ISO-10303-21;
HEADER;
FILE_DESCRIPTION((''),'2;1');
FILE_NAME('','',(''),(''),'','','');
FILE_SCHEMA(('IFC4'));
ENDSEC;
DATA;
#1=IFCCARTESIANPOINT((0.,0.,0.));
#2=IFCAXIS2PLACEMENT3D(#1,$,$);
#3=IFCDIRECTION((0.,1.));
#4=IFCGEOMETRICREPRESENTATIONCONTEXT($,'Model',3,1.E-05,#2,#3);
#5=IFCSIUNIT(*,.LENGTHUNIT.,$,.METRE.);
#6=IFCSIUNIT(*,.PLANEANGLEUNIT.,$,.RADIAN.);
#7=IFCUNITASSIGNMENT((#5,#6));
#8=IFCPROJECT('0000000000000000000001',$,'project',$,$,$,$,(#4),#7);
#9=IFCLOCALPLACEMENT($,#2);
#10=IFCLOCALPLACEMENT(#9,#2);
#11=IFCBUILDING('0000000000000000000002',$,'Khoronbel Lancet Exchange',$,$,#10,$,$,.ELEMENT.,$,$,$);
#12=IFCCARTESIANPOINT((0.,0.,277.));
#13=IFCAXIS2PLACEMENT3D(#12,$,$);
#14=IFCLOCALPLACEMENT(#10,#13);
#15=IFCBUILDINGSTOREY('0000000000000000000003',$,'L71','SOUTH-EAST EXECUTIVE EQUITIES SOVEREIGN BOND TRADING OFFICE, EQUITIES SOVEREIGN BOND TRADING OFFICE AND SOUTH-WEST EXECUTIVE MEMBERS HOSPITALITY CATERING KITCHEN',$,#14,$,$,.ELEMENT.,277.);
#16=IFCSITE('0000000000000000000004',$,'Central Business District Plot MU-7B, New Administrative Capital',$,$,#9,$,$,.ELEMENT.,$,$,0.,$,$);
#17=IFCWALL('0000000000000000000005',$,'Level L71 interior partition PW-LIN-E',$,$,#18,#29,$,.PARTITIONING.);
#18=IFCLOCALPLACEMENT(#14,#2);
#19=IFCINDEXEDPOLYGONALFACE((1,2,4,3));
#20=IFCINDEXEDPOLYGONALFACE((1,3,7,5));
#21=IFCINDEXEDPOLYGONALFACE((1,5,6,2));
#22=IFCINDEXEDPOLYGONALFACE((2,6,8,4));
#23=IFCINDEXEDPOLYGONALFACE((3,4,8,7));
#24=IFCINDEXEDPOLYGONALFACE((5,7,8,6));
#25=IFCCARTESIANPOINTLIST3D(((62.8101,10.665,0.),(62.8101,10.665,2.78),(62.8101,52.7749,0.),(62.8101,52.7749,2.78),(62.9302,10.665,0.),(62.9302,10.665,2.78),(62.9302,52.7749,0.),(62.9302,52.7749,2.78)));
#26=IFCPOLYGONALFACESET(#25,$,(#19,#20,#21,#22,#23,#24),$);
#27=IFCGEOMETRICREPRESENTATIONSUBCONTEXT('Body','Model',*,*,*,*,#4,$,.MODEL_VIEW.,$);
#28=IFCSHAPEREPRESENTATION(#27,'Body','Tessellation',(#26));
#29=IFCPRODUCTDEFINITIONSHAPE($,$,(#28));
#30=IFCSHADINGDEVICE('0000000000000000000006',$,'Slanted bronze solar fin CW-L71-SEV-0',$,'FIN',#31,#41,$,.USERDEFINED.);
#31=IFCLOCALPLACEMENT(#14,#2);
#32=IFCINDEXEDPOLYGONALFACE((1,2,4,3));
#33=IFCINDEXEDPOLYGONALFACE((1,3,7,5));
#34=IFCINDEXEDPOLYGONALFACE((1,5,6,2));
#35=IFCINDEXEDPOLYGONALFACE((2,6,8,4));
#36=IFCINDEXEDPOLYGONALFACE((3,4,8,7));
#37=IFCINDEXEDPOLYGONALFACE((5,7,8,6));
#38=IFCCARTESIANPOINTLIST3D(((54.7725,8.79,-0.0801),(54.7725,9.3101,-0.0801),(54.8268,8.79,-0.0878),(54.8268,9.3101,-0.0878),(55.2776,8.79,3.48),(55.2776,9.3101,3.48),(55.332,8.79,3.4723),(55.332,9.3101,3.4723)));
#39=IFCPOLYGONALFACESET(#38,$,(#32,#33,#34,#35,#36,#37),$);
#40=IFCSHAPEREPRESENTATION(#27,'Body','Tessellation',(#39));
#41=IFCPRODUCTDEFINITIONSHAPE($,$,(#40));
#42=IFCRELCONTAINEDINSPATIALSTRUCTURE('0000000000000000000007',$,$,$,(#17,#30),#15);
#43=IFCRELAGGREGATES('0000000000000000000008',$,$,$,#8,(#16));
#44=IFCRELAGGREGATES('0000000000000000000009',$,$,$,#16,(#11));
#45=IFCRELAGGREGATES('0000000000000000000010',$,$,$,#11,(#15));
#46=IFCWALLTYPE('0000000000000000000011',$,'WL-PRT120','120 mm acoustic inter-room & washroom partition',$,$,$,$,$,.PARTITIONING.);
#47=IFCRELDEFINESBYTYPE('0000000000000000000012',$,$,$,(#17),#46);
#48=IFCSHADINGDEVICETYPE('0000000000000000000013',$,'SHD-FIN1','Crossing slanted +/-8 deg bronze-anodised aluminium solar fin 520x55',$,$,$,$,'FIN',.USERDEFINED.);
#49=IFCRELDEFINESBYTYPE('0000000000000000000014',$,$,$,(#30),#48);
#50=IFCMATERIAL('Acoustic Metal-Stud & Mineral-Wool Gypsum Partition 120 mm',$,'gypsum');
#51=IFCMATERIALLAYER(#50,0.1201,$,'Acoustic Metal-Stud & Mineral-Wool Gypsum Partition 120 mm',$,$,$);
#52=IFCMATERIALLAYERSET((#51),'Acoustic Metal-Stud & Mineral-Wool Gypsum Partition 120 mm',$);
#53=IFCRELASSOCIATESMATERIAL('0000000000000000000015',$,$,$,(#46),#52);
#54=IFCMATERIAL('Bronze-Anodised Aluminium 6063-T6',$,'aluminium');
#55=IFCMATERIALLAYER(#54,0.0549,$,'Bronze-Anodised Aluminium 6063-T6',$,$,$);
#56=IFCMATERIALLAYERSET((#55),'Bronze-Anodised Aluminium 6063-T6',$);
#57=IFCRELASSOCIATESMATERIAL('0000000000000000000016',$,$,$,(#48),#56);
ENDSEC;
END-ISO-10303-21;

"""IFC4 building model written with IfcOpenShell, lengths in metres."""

from ifc_helpers import new_model, si_unit, direction, frame, frame_2d, origin, place, context, subcontext, project, spatial, polyline, rectangle, outline, extrude, material, layer, layer_set, type_object, element, save


model = new_model("IFC4")

# Units and contexts
model_context = context("Model", 3, precision=1e-05, world=origin(), true_north=direction((0.0, 1.0)))
body_context = subcontext(model_context, "Body", "Model", "MODEL_VIEW")
ifc_project = project(units=[si_unit("LENGTHUNIT", "METRE"), si_unit("PLANEANGLEUNIT", "RADIAN")], contexts=[model_context])

# Site, building, storey
site_placement = place(None, origin())
site = spatial("IfcSite", under=ifc_project, at=site_placement, Name="Central Business District Plot MU-7B, New Administrative Capital", CompositionType="ELEMENT", RefElevation=0.0)
building_placement = place(site_placement, origin())
building = spatial("IfcBuilding", under=site, at=building_placement, Name="Khoronbel Lancet Exchange", CompositionType="ELEMENT")
storey_placement = place(building_placement, frame((0.0, 0.0, 277.0)))
storey = spatial("IfcBuildingStorey", under=building, at=storey_placement, Name="L71", Description="SOUTH-EAST EXECUTIVE EQUITIES SOVEREIGN BOND TRADING OFFICE, EQUITIES SOVEREIGN BOND TRADING OFFICE AND SOUTH-WEST EXECUTIVE MEMBERS HOSPITALITY CATERING KITCHEN", CompositionType="ELEMENT", Elevation=277.0)

# Shared definitions
ifc_material_1 = material(Name="Bronze-Anodised Aluminium 6063-T6", Category="aluminium")

# Wall
ifc_material_2 = material(Name="Acoustic Metal-Stud & Mineral-Wool Gypsum Partition 120 mm", Category="gypsum")
ifc_layer_1 = layer(ifc_material_2, 0.1201, Name="Acoustic Metal-Stud & Mineral-Wool Gypsum Partition 120 mm")
ifc_layer_set_1 = layer_set([ifc_layer_1], Name="Acoustic Metal-Stud & Mineral-Wool Gypsum Partition 120 mm")
wall_type_1 = type_object("IfcWallType", Name="WL-PRT120", Description="120 mm acoustic inter-room & washroom partition", PredefinedType="PARTITIONING", material=ifc_layer_set_1)
wall_1_placement = place(storey_placement, frame((62.8701, 10.665, 0.0), z_axis=(0.0, 0.0, 1.0), x_axis=(0.0, 1.0, 0.0)))
element("IfcWall", 1, at=wall_1_placement, inside=storey, type_object=wall_type_1, Name="Level L71 interior partition PW-LIN-E", PredefinedType="PARTITIONING", context=body_context, shape_type="SweptSolid", body=[
    extrude(rectangle(XDim=42.1099, YDim=0.1201, at=frame_2d((21.0549, 0.0))), origin(), (0.0, 0.0, 1.0), 2.78),
])

# Shading device
ifc_layer_2 = layer(ifc_material_1, 0.0549, Name="Bronze-Anodised Aluminium 6063-T6")
ifc_layer_set_2 = layer_set([ifc_layer_2], Name="Bronze-Anodised Aluminium 6063-T6")
shading_device_type = type_object("IfcShadingDeviceType", Name="SHD-FIN1", Description="Crossing slanted +/-8 deg bronze-anodised aluminium solar fin 520x55", ElementType="FIN", PredefinedType="USERDEFINED", material=ifc_layer_set_2)
shading_device_placement = place(storey_placement, frame((54.7725, 9.3101, -0.0801), z_axis=(-0.990083, 0.0, 0.14048), x_axis=(0.0, -1.0, 0.0)))
element("IfcShadingDevice", 2, at=shading_device_placement, inside=storey, type_object=shading_device_type, Name="Slanted bronze solar fin CW-L71-SEV-0", ObjectType="FIN", PredefinedType="USERDEFINED", context=body_context, shape_type="SweptSolid", body=[
    extrude(outline(polyline([(0.0, 0.0), (0.52, 0.0), (0.52, 3.5957), (0.0, 3.5957), (0.0, 0.0)])), origin(), (0.0, 0.0, -1.0), 0.0549),
])

save(model, "model.ifc")
